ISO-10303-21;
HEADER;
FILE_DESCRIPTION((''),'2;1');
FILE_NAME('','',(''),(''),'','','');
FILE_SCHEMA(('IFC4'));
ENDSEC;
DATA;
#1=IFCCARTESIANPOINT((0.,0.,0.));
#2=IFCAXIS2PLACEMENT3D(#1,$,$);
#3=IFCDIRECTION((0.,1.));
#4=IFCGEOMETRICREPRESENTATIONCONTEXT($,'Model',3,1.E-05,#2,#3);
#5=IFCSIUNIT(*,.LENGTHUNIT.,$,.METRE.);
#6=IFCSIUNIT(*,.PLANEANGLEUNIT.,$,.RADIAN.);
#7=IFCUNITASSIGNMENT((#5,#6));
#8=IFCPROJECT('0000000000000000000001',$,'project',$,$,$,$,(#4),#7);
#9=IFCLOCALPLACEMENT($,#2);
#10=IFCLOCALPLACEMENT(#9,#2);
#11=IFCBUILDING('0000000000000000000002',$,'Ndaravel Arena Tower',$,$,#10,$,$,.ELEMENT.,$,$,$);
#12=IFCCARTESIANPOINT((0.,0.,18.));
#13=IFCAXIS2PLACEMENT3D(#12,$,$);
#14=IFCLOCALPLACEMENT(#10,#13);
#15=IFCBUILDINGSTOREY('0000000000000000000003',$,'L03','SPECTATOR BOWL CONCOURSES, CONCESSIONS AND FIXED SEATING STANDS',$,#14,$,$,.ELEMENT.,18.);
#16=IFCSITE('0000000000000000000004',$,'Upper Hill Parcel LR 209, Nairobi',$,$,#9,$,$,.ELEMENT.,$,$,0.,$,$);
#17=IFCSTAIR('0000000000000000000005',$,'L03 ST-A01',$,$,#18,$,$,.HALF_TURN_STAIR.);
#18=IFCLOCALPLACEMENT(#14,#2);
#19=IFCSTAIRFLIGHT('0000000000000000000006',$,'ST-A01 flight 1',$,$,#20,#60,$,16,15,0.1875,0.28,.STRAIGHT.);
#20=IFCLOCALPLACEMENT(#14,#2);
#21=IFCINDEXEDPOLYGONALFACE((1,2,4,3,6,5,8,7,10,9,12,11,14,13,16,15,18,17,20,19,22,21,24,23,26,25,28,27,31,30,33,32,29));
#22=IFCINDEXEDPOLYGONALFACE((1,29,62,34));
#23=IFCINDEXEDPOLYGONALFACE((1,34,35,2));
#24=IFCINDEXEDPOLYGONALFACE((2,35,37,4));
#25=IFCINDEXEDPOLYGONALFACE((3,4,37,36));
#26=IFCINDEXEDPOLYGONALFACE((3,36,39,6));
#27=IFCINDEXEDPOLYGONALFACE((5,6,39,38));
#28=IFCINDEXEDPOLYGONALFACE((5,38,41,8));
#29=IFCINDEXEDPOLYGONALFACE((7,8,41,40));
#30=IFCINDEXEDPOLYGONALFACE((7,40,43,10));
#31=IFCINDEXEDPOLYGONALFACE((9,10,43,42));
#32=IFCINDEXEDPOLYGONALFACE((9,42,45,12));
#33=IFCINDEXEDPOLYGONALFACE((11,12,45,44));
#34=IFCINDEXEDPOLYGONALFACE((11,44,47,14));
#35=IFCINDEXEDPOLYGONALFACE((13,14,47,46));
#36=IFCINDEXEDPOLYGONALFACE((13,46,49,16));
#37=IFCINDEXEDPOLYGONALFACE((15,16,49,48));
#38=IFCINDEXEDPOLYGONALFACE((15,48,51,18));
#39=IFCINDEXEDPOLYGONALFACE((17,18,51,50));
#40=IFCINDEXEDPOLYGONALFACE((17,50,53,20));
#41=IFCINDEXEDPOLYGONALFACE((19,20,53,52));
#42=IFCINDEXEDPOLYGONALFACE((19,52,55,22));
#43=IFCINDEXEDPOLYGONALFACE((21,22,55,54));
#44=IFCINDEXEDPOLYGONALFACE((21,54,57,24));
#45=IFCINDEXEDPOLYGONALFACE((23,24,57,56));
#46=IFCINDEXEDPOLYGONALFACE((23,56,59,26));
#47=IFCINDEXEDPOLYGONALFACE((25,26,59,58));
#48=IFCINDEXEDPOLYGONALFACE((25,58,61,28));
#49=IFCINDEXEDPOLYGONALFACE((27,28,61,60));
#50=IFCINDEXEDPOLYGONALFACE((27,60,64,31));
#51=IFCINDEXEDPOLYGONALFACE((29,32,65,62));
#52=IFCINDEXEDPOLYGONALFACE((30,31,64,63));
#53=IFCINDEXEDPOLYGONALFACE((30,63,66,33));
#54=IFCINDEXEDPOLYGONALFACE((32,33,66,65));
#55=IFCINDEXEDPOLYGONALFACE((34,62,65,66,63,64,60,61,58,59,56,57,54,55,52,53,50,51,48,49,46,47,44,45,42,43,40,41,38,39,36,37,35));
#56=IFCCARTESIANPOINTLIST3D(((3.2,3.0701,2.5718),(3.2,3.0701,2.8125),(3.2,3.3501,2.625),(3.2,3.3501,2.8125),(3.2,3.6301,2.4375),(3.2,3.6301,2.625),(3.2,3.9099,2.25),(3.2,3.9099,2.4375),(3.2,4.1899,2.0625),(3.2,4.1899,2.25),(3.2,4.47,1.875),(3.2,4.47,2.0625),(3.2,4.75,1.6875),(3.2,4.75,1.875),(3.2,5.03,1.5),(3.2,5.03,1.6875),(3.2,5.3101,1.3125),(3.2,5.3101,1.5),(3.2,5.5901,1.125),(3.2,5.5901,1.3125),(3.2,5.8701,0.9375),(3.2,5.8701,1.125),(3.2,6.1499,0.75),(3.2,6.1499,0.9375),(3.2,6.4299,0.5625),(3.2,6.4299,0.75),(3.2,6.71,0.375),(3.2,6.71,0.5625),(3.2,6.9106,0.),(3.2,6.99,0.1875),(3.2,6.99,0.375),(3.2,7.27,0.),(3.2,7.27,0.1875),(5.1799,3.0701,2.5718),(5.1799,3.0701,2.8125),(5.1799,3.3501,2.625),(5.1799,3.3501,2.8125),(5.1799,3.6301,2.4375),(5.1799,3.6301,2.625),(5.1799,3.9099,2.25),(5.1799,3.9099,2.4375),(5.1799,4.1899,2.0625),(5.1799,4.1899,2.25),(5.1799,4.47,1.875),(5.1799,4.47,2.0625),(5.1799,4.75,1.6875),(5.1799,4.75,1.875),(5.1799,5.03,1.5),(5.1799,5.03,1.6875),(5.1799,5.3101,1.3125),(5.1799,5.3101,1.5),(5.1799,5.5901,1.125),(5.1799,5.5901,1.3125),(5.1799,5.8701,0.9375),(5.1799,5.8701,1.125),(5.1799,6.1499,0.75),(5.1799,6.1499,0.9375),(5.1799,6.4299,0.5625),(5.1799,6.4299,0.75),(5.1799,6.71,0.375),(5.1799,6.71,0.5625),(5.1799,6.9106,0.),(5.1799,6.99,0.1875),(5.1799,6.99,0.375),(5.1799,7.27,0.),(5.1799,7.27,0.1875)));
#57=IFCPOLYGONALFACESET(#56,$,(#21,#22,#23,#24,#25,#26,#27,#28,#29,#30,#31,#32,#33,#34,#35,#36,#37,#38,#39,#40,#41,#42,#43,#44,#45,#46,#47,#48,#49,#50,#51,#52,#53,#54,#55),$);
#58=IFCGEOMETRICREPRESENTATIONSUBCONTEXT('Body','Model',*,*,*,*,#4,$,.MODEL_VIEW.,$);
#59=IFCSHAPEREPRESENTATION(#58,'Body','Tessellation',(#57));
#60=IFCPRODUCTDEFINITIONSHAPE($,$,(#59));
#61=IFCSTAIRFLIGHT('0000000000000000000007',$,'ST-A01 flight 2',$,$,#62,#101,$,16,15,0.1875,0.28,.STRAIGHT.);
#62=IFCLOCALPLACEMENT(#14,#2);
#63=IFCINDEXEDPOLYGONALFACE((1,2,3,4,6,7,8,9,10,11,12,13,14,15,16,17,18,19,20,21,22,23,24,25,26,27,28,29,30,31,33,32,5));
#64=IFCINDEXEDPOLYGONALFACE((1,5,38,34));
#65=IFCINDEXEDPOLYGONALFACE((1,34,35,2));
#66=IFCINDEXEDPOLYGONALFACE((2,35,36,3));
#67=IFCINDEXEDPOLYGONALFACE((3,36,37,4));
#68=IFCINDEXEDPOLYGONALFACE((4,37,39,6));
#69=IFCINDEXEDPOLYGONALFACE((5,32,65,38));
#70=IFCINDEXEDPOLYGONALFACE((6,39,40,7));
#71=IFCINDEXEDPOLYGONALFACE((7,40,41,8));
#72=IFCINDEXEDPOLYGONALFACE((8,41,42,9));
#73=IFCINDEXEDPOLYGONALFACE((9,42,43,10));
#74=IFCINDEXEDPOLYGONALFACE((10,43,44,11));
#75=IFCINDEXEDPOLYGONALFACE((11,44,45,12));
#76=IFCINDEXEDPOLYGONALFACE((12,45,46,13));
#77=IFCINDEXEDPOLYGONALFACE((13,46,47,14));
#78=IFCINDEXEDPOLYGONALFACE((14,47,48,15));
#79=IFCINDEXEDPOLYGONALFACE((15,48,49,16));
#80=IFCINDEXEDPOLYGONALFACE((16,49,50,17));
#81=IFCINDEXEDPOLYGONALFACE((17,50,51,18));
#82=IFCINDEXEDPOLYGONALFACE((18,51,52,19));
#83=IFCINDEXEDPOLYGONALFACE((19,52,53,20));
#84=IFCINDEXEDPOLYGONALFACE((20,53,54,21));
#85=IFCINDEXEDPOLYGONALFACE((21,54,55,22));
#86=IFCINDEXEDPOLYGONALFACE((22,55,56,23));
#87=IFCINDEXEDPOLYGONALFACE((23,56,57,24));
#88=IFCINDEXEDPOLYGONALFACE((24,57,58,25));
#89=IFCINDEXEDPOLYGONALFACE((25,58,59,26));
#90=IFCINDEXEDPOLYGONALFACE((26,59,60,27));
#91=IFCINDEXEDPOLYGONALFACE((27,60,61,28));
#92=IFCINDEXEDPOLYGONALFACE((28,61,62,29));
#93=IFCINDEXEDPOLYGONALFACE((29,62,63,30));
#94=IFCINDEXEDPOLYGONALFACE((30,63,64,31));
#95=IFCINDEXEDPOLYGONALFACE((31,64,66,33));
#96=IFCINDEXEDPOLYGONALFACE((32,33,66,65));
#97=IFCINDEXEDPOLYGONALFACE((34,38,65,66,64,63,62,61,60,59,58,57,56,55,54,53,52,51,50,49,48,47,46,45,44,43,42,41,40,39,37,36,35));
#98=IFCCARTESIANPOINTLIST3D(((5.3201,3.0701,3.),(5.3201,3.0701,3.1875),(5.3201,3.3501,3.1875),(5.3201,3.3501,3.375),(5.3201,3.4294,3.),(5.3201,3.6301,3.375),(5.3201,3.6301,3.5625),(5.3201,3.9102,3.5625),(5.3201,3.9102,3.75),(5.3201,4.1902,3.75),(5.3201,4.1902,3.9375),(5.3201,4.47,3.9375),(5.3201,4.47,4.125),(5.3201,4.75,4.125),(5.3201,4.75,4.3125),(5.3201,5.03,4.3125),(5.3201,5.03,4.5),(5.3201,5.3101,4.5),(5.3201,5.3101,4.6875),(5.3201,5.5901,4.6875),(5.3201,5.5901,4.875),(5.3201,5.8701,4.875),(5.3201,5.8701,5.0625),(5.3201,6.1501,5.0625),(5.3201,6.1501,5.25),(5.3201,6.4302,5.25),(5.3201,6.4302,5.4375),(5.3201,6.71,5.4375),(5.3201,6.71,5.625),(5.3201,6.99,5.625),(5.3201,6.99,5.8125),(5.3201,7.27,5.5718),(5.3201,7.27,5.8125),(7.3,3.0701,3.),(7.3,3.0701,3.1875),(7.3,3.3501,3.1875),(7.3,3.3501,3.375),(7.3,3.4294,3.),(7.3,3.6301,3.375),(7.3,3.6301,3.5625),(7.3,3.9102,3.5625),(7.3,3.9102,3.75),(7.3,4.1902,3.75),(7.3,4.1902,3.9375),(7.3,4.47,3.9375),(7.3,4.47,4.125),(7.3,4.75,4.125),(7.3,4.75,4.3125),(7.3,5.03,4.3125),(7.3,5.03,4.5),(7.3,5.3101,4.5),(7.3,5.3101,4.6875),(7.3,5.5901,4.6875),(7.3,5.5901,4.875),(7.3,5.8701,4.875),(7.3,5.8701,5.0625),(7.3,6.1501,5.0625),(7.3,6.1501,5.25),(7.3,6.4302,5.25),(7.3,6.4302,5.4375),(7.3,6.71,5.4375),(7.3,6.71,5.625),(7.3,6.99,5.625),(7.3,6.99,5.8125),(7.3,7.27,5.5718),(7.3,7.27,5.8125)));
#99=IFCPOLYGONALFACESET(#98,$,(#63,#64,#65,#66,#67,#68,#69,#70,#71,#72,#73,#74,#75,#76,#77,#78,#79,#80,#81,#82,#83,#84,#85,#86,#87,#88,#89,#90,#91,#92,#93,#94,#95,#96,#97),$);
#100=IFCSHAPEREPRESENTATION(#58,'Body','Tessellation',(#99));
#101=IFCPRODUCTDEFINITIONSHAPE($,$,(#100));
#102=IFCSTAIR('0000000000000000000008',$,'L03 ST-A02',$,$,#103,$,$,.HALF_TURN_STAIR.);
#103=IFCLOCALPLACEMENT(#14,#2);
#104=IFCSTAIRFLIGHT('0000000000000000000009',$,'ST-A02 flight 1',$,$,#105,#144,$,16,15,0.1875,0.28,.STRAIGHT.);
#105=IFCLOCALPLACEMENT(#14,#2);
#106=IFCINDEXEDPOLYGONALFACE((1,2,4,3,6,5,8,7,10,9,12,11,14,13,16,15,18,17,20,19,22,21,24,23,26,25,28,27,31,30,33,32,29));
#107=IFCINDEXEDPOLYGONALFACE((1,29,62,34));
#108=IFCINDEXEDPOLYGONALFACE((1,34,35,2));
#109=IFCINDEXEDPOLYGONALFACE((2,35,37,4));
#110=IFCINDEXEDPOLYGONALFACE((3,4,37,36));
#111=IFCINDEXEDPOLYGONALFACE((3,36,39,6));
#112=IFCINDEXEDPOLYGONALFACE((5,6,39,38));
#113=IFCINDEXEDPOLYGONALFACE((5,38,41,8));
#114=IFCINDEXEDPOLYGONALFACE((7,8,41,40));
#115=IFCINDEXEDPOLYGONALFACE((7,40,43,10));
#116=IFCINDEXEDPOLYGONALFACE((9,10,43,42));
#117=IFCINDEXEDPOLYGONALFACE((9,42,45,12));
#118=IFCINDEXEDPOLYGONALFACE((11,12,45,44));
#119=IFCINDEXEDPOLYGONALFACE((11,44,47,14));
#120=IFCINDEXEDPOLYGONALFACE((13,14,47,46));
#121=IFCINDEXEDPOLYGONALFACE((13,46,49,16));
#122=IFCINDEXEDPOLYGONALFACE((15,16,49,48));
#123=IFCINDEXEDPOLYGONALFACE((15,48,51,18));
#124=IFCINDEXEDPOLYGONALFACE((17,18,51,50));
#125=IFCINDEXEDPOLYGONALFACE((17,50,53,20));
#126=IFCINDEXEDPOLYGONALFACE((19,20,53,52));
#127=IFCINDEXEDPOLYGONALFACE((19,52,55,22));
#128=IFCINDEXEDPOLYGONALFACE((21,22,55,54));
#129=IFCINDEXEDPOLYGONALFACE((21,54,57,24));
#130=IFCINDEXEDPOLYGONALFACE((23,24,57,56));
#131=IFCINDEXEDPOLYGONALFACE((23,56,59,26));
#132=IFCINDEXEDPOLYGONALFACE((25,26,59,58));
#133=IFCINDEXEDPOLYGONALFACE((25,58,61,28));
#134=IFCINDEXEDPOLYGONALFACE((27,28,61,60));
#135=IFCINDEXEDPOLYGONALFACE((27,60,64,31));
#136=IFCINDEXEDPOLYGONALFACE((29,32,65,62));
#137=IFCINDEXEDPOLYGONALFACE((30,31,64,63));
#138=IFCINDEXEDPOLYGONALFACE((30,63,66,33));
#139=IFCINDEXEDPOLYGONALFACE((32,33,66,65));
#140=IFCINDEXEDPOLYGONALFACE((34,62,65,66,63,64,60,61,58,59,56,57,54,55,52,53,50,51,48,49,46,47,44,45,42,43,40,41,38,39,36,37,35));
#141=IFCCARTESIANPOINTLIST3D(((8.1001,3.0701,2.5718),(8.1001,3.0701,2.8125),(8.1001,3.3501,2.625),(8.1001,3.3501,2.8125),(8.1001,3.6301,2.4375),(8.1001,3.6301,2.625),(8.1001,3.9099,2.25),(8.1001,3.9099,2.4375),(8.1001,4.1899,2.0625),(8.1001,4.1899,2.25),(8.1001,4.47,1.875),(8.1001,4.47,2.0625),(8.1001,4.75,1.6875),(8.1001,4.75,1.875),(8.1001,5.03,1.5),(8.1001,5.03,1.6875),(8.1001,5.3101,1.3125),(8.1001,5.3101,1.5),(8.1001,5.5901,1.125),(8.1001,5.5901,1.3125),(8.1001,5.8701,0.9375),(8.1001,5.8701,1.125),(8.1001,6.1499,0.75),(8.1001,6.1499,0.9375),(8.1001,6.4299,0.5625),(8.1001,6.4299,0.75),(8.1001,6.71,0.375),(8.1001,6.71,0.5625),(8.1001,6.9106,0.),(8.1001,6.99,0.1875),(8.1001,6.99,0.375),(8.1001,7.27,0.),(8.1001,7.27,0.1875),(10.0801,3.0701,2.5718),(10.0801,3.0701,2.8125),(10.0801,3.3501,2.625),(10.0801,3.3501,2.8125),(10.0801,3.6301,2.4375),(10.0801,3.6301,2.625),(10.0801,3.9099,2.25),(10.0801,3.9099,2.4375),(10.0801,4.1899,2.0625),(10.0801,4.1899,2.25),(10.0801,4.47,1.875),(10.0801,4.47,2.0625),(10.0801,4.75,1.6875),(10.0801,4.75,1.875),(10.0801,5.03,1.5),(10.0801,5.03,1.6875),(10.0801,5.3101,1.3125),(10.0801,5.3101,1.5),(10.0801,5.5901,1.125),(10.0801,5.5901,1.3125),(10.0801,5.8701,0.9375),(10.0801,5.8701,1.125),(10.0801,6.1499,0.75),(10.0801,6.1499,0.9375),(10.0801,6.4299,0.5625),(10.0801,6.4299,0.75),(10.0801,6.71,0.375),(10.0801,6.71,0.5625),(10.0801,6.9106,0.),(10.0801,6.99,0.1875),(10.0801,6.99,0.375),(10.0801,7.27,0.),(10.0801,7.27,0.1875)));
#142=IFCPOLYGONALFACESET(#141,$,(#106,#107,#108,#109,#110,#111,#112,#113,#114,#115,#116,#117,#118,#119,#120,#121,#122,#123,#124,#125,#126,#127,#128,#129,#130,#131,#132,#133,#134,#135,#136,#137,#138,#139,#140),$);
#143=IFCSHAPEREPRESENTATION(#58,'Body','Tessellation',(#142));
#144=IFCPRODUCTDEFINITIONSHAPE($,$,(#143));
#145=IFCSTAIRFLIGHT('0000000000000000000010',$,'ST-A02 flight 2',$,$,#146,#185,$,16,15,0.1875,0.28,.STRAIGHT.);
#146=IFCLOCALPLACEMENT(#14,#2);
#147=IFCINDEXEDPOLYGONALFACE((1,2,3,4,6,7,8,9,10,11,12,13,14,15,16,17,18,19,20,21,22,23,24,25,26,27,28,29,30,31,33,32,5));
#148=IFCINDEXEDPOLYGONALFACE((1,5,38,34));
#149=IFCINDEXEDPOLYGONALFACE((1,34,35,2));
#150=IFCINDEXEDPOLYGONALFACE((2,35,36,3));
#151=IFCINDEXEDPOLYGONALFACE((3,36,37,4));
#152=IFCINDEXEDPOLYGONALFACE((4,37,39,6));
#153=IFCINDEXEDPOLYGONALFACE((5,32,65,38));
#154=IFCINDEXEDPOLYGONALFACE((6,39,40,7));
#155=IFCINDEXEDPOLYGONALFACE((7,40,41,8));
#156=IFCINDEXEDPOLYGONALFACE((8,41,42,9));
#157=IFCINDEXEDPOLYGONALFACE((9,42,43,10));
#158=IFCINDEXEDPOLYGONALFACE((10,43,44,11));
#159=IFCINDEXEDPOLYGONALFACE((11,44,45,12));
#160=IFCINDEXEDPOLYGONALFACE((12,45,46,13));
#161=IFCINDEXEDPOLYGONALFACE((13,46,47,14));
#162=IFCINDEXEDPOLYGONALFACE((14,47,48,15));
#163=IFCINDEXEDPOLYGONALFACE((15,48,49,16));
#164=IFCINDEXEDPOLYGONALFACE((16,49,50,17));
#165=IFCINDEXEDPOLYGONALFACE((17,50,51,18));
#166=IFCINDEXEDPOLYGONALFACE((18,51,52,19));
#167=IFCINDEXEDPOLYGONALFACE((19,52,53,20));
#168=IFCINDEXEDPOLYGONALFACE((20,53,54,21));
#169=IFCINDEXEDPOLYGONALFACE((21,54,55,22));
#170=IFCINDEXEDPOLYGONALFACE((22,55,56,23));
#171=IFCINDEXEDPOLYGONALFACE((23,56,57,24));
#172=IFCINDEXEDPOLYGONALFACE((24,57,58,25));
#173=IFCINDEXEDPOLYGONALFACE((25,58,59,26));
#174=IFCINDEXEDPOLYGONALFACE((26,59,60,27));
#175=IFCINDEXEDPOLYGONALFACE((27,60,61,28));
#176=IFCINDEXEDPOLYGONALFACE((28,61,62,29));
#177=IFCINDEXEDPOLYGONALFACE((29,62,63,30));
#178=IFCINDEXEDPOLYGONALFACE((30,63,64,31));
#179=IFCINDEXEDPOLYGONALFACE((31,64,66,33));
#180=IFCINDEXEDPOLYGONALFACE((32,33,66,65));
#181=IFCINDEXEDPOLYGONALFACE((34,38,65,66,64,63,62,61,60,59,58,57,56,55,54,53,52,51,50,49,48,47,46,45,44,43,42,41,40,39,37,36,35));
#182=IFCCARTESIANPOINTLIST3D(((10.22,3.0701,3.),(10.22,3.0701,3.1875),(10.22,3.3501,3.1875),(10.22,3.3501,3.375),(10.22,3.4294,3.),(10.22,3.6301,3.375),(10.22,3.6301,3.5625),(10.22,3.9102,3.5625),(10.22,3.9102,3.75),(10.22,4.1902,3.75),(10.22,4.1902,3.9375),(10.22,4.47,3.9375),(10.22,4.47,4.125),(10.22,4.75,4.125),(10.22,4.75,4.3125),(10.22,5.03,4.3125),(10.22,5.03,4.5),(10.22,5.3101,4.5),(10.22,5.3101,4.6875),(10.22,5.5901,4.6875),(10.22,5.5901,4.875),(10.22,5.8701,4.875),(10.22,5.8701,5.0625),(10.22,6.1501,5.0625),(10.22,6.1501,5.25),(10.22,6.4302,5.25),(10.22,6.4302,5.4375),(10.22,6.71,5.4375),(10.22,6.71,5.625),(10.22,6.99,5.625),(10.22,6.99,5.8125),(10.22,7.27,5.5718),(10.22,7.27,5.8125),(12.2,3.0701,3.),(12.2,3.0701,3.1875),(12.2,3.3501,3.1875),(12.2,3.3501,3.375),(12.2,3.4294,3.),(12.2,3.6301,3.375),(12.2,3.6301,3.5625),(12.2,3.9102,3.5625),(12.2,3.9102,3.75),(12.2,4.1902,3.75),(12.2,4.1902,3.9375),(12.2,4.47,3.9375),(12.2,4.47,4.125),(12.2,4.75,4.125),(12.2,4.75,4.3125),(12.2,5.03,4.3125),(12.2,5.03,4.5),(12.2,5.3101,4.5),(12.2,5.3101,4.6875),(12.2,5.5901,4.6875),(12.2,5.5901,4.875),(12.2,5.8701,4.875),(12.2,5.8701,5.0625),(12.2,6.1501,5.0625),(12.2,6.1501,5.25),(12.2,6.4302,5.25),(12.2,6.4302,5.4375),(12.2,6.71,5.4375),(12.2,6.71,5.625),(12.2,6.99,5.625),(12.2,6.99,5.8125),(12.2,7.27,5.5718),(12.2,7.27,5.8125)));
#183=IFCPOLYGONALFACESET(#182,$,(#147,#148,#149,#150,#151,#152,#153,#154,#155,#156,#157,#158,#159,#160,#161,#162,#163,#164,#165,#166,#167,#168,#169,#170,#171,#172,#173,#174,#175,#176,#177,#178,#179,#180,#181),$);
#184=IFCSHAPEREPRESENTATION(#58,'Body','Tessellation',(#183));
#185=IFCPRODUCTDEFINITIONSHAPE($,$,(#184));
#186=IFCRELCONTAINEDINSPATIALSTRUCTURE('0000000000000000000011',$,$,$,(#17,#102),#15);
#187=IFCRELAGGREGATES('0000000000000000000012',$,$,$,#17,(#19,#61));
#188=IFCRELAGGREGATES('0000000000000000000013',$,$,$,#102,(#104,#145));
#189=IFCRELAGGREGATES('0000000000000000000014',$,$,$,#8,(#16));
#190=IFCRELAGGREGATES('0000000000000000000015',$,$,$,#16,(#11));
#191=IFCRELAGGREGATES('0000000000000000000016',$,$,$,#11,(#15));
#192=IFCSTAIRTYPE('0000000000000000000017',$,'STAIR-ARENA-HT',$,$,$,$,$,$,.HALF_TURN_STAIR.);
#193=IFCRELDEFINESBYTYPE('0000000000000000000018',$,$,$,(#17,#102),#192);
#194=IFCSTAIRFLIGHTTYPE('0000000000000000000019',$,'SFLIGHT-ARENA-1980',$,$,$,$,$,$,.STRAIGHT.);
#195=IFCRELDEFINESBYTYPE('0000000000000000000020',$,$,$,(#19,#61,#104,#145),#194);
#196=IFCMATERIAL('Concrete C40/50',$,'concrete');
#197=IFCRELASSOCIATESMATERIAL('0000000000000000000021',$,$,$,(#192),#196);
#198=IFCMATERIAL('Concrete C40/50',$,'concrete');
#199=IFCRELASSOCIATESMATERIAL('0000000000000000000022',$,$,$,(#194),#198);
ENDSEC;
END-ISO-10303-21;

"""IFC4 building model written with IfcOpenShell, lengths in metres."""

from ifc_helpers import new_model, si_unit, direction, frame, origin, place, context, subcontext, project, spatial, polyline, outline, extrude, material, type_object, element, aggregate, save


model = new_model("IFC4")

# Units and contexts
model_context = context("Model", 3, precision=1e-05, world=origin(), true_north=direction((0.0, 1.0)))
body_context = subcontext(model_context, "Body", "Model", "MODEL_VIEW")
ifc_project = project(units=[si_unit("LENGTHUNIT", "METRE"), si_unit("PLANEANGLEUNIT", "RADIAN")], contexts=[model_context])

# Site, building, storey
site_placement = place(None, origin())
site = spatial("IfcSite", under=ifc_project, at=site_placement, Name="Upper Hill Parcel LR 209, Nairobi", CompositionType="ELEMENT", RefElevation=0.0)
building_placement = place(site_placement, origin())
building = spatial("IfcBuilding", under=site, at=building_placement, Name="Ndaravel Arena Tower", CompositionType="ELEMENT")
storey_placement = place(building_placement, frame((0.0, 0.0, 18.0)))
storey = spatial("IfcBuildingStorey", under=building, at=storey_placement, Name="L03", Description="SPECTATOR BOWL CONCOURSES, CONCESSIONS AND FIXED SEATING STANDS", CompositionType="ELEMENT", Elevation=18.0)

# Stairs, stair flights
ifc_material_1 = material(Name="Concrete C40/50", Category="concrete")
stair_type = type_object("IfcStairType", Name="STAIR-ARENA-HT", PredefinedType="HALF_TURN_STAIR", material=ifc_material_1)
stair_1_placement = place(storey_placement, origin())
stair_1 = element("IfcStair", 1, at=stair_1_placement, inside=storey, type_object=stair_type, Name="L03 ST-A01", PredefinedType="HALF_TURN_STAIR")
ifc_material_2 = material(Name="Concrete C40/50", Category="concrete")
stair_flight_type = type_object("IfcStairFlightType", Name="SFLIGHT-ARENA-1980", PredefinedType="STRAIGHT", material=ifc_material_2)
stair_flight_1_placement = place(storey_placement, frame((4.1899, 7.27, 0.0), z_axis=(0.0, 0.0, 1.0), x_axis=(0.0, -1.0, 0.0)))
stair_flight_1 = element("IfcStairFlight", 2, at=stair_flight_1_placement, type_object=stair_flight_type, Name="ST-A01 flight 1", NumberOfRisers=16, NumberOfTreads=15, PredefinedType="STRAIGHT", RiserHeight=0.1875, TreadLength=0.28, context=body_context, shape_type="SweptSolid", body=[
    extrude(outline(polyline([(0.0, 0.0), (0.0, 0.1875), (0.28, 0.1875), (0.28, 0.375), (0.5601, 0.375), (0.5601, 0.5625), (0.8401, 0.5625), (0.8401, 0.75), (1.1201, 0.75), (1.1201, 0.9375), (1.3999, 0.9375), (1.3999, 1.125), (1.6799, 1.125), (1.6799, 1.3125), (1.96, 1.3125), (1.96, 1.5), (2.24, 1.5), (2.24, 1.6875), (2.52, 1.6875), (2.52, 1.875), (2.8, 1.875), (2.8, 2.0625), (3.0801, 2.0625), (3.0801, 2.25), (3.3601, 2.25), (3.3601, 2.4375), (3.6399, 2.4375), (3.6399, 2.625), (3.9199, 2.625), (3.9199, 2.8125), (4.2, 2.8125), (4.2, 3.0), (4.2, 2.5718), (0.3594, 0.0), (0.0, 0.0)])), frame((0.0, 0.99, 0.0), z_axis=(0.0, -1.0, 0.0), x_axis=(1.0, 0.0, 0.0)), (0.0, 0.0, 1.0), 1.98),
])
stair_flight_2_placement = place(storey_placement, frame((6.3101, 3.0701, 3.0), z_axis=(0.0, 0.0, 1.0), x_axis=(0.0, 1.0, 0.0)))
stair_flight_2 = element("IfcStairFlight", 3, at=stair_flight_2_placement, type_object=stair_flight_type, Name="ST-A01 flight 2", NumberOfRisers=16, NumberOfTreads=15, PredefinedType="STRAIGHT", RiserHeight=0.1875, TreadLength=0.28, context=body_context, shape_type="SweptSolid", body=[
    extrude(outline(polyline([(0.0, 0.0), (0.0, 0.1875), (0.28, 0.1875), (0.28, 0.375), (0.5601, 0.375), (0.5601, 0.5625), (0.8401, 0.5625), (0.8401, 0.75), (1.1201, 0.75), (1.1201, 0.9375), (1.3999, 0.9375), (1.3999, 1.125), (1.6799, 1.125), (1.6799, 1.3125), (1.96, 1.3125), (1.96, 1.5), (2.24, 1.5), (2.24, 1.6875), (2.52, 1.6875), (2.52, 1.875), (2.8, 1.875), (2.8, 2.0625), (3.0801, 2.0625), (3.0801, 2.25), (3.3601, 2.25), (3.3601, 2.4375), (3.6399, 2.4375), (3.6399, 2.625), (3.9199, 2.625), (3.9199, 2.8125), (4.2, 2.8125), (4.2, 3.0), (4.2, 2.5718), (0.3594, 0.0), (0.0, 0.0)])), frame((0.0, 0.99, 0.0), z_axis=(0.0, -1.0, 0.0), x_axis=(1.0, 0.0, 0.0)), (0.0, 0.0, 1.0), 1.98),
])
aggregate(stair_1, [stair_flight_1, stair_flight_2])
stair_2_placement = place(storey_placement, origin())
stair_2 = element("IfcStair", 4, at=stair_2_placement, inside=storey, type_object=stair_type, Name="L03 ST-A02", PredefinedType="HALF_TURN_STAIR")
stair_flight_3_placement = place(storey_placement, frame((9.0901, 7.27, 0.0), z_axis=(0.0, 0.0, 1.0), x_axis=(0.0, -1.0, 0.0)))
stair_flight_3 = element("IfcStairFlight", 5, at=stair_flight_3_placement, type_object=stair_flight_type, Name="ST-A02 flight 1", NumberOfRisers=16, NumberOfTreads=15, PredefinedType="STRAIGHT", RiserHeight=0.1875, TreadLength=0.28, context=body_context, shape_type="SweptSolid", body=[
    extrude(outline(polyline([(0.0, 0.0), (0.0, 0.1875), (0.28, 0.1875), (0.28, 0.375), (0.5601, 0.375), (0.5601, 0.5625), (0.8401, 0.5625), (0.8401, 0.75), (1.1201, 0.75), (1.1201, 0.9375), (1.3999, 0.9375), (1.3999, 1.125), (1.6799, 1.125), (1.6799, 1.3125), (1.96, 1.3125), (1.96, 1.5), (2.24, 1.5), (2.24, 1.6875), (2.52, 1.6875), (2.52, 1.875), (2.8, 1.875), (2.8, 2.0625), (3.0801, 2.0625), (3.0801, 2.25), (3.3601, 2.25), (3.3601, 2.4375), (3.6399, 2.4375), (3.6399, 2.625), (3.9199, 2.625), (3.9199, 2.8125), (4.2, 2.8125), (4.2, 3.0), (4.2, 2.5718), (0.3594, 0.0), (0.0, 0.0)])), frame((0.0, 0.99, 0.0), z_axis=(0.0, -1.0, 0.0), x_axis=(1.0, 0.0, 0.0)), (0.0, 0.0, 1.0), 1.98),
])
stair_flight_4_placement = place(storey_placement, frame((11.21, 3.0701, 3.0), z_axis=(0.0, 0.0, 1.0), x_axis=(0.0, 1.0, 0.0)))
stair_flight_4 = element("IfcStairFlight", 6, at=stair_flight_4_placement, type_object=stair_flight_type, Name="ST-A02 flight 2", NumberOfRisers=16, NumberOfTreads=15, PredefinedType="STRAIGHT", RiserHeight=0.1875, TreadLength=0.28, context=body_context, shape_type="SweptSolid", body=[
    extrude(outline(polyline([(0.0, 0.0), (0.0, 0.1875), (0.28, 0.1875), (0.28, 0.375), (0.5601, 0.375), (0.5601, 0.5625), (0.8401, 0.5625), (0.8401, 0.75), (1.1201, 0.75), (1.1201, 0.9375), (1.3999, 0.9375), (1.3999, 1.125), (1.6799, 1.125), (1.6799, 1.3125), (1.96, 1.3125), (1.96, 1.5), (2.24, 1.5), (2.24, 1.6875), (2.52, 1.6875), (2.52, 1.875), (2.8, 1.875), (2.8, 2.0625), (3.0801, 2.0625), (3.0801, 2.25), (3.3601, 2.25), (3.3601, 2.4375), (3.6399, 2.4375), (3.6399, 2.625), (3.9199, 2.625), (3.9199, 2.8125), (4.2, 2.8125), (4.2, 3.0), (4.2, 2.5718), (0.3594, 0.0), (0.0, 0.0)])), frame((0.0, 0.99, 0.0), z_axis=(0.0, -1.0, 0.0), x_axis=(1.0, 0.0, 0.0)), (0.0, 0.0, 1.0), 1.98),
])
aggregate(stair_2, [stair_flight_3, stair_flight_4])

save(model, "model.ifc")
